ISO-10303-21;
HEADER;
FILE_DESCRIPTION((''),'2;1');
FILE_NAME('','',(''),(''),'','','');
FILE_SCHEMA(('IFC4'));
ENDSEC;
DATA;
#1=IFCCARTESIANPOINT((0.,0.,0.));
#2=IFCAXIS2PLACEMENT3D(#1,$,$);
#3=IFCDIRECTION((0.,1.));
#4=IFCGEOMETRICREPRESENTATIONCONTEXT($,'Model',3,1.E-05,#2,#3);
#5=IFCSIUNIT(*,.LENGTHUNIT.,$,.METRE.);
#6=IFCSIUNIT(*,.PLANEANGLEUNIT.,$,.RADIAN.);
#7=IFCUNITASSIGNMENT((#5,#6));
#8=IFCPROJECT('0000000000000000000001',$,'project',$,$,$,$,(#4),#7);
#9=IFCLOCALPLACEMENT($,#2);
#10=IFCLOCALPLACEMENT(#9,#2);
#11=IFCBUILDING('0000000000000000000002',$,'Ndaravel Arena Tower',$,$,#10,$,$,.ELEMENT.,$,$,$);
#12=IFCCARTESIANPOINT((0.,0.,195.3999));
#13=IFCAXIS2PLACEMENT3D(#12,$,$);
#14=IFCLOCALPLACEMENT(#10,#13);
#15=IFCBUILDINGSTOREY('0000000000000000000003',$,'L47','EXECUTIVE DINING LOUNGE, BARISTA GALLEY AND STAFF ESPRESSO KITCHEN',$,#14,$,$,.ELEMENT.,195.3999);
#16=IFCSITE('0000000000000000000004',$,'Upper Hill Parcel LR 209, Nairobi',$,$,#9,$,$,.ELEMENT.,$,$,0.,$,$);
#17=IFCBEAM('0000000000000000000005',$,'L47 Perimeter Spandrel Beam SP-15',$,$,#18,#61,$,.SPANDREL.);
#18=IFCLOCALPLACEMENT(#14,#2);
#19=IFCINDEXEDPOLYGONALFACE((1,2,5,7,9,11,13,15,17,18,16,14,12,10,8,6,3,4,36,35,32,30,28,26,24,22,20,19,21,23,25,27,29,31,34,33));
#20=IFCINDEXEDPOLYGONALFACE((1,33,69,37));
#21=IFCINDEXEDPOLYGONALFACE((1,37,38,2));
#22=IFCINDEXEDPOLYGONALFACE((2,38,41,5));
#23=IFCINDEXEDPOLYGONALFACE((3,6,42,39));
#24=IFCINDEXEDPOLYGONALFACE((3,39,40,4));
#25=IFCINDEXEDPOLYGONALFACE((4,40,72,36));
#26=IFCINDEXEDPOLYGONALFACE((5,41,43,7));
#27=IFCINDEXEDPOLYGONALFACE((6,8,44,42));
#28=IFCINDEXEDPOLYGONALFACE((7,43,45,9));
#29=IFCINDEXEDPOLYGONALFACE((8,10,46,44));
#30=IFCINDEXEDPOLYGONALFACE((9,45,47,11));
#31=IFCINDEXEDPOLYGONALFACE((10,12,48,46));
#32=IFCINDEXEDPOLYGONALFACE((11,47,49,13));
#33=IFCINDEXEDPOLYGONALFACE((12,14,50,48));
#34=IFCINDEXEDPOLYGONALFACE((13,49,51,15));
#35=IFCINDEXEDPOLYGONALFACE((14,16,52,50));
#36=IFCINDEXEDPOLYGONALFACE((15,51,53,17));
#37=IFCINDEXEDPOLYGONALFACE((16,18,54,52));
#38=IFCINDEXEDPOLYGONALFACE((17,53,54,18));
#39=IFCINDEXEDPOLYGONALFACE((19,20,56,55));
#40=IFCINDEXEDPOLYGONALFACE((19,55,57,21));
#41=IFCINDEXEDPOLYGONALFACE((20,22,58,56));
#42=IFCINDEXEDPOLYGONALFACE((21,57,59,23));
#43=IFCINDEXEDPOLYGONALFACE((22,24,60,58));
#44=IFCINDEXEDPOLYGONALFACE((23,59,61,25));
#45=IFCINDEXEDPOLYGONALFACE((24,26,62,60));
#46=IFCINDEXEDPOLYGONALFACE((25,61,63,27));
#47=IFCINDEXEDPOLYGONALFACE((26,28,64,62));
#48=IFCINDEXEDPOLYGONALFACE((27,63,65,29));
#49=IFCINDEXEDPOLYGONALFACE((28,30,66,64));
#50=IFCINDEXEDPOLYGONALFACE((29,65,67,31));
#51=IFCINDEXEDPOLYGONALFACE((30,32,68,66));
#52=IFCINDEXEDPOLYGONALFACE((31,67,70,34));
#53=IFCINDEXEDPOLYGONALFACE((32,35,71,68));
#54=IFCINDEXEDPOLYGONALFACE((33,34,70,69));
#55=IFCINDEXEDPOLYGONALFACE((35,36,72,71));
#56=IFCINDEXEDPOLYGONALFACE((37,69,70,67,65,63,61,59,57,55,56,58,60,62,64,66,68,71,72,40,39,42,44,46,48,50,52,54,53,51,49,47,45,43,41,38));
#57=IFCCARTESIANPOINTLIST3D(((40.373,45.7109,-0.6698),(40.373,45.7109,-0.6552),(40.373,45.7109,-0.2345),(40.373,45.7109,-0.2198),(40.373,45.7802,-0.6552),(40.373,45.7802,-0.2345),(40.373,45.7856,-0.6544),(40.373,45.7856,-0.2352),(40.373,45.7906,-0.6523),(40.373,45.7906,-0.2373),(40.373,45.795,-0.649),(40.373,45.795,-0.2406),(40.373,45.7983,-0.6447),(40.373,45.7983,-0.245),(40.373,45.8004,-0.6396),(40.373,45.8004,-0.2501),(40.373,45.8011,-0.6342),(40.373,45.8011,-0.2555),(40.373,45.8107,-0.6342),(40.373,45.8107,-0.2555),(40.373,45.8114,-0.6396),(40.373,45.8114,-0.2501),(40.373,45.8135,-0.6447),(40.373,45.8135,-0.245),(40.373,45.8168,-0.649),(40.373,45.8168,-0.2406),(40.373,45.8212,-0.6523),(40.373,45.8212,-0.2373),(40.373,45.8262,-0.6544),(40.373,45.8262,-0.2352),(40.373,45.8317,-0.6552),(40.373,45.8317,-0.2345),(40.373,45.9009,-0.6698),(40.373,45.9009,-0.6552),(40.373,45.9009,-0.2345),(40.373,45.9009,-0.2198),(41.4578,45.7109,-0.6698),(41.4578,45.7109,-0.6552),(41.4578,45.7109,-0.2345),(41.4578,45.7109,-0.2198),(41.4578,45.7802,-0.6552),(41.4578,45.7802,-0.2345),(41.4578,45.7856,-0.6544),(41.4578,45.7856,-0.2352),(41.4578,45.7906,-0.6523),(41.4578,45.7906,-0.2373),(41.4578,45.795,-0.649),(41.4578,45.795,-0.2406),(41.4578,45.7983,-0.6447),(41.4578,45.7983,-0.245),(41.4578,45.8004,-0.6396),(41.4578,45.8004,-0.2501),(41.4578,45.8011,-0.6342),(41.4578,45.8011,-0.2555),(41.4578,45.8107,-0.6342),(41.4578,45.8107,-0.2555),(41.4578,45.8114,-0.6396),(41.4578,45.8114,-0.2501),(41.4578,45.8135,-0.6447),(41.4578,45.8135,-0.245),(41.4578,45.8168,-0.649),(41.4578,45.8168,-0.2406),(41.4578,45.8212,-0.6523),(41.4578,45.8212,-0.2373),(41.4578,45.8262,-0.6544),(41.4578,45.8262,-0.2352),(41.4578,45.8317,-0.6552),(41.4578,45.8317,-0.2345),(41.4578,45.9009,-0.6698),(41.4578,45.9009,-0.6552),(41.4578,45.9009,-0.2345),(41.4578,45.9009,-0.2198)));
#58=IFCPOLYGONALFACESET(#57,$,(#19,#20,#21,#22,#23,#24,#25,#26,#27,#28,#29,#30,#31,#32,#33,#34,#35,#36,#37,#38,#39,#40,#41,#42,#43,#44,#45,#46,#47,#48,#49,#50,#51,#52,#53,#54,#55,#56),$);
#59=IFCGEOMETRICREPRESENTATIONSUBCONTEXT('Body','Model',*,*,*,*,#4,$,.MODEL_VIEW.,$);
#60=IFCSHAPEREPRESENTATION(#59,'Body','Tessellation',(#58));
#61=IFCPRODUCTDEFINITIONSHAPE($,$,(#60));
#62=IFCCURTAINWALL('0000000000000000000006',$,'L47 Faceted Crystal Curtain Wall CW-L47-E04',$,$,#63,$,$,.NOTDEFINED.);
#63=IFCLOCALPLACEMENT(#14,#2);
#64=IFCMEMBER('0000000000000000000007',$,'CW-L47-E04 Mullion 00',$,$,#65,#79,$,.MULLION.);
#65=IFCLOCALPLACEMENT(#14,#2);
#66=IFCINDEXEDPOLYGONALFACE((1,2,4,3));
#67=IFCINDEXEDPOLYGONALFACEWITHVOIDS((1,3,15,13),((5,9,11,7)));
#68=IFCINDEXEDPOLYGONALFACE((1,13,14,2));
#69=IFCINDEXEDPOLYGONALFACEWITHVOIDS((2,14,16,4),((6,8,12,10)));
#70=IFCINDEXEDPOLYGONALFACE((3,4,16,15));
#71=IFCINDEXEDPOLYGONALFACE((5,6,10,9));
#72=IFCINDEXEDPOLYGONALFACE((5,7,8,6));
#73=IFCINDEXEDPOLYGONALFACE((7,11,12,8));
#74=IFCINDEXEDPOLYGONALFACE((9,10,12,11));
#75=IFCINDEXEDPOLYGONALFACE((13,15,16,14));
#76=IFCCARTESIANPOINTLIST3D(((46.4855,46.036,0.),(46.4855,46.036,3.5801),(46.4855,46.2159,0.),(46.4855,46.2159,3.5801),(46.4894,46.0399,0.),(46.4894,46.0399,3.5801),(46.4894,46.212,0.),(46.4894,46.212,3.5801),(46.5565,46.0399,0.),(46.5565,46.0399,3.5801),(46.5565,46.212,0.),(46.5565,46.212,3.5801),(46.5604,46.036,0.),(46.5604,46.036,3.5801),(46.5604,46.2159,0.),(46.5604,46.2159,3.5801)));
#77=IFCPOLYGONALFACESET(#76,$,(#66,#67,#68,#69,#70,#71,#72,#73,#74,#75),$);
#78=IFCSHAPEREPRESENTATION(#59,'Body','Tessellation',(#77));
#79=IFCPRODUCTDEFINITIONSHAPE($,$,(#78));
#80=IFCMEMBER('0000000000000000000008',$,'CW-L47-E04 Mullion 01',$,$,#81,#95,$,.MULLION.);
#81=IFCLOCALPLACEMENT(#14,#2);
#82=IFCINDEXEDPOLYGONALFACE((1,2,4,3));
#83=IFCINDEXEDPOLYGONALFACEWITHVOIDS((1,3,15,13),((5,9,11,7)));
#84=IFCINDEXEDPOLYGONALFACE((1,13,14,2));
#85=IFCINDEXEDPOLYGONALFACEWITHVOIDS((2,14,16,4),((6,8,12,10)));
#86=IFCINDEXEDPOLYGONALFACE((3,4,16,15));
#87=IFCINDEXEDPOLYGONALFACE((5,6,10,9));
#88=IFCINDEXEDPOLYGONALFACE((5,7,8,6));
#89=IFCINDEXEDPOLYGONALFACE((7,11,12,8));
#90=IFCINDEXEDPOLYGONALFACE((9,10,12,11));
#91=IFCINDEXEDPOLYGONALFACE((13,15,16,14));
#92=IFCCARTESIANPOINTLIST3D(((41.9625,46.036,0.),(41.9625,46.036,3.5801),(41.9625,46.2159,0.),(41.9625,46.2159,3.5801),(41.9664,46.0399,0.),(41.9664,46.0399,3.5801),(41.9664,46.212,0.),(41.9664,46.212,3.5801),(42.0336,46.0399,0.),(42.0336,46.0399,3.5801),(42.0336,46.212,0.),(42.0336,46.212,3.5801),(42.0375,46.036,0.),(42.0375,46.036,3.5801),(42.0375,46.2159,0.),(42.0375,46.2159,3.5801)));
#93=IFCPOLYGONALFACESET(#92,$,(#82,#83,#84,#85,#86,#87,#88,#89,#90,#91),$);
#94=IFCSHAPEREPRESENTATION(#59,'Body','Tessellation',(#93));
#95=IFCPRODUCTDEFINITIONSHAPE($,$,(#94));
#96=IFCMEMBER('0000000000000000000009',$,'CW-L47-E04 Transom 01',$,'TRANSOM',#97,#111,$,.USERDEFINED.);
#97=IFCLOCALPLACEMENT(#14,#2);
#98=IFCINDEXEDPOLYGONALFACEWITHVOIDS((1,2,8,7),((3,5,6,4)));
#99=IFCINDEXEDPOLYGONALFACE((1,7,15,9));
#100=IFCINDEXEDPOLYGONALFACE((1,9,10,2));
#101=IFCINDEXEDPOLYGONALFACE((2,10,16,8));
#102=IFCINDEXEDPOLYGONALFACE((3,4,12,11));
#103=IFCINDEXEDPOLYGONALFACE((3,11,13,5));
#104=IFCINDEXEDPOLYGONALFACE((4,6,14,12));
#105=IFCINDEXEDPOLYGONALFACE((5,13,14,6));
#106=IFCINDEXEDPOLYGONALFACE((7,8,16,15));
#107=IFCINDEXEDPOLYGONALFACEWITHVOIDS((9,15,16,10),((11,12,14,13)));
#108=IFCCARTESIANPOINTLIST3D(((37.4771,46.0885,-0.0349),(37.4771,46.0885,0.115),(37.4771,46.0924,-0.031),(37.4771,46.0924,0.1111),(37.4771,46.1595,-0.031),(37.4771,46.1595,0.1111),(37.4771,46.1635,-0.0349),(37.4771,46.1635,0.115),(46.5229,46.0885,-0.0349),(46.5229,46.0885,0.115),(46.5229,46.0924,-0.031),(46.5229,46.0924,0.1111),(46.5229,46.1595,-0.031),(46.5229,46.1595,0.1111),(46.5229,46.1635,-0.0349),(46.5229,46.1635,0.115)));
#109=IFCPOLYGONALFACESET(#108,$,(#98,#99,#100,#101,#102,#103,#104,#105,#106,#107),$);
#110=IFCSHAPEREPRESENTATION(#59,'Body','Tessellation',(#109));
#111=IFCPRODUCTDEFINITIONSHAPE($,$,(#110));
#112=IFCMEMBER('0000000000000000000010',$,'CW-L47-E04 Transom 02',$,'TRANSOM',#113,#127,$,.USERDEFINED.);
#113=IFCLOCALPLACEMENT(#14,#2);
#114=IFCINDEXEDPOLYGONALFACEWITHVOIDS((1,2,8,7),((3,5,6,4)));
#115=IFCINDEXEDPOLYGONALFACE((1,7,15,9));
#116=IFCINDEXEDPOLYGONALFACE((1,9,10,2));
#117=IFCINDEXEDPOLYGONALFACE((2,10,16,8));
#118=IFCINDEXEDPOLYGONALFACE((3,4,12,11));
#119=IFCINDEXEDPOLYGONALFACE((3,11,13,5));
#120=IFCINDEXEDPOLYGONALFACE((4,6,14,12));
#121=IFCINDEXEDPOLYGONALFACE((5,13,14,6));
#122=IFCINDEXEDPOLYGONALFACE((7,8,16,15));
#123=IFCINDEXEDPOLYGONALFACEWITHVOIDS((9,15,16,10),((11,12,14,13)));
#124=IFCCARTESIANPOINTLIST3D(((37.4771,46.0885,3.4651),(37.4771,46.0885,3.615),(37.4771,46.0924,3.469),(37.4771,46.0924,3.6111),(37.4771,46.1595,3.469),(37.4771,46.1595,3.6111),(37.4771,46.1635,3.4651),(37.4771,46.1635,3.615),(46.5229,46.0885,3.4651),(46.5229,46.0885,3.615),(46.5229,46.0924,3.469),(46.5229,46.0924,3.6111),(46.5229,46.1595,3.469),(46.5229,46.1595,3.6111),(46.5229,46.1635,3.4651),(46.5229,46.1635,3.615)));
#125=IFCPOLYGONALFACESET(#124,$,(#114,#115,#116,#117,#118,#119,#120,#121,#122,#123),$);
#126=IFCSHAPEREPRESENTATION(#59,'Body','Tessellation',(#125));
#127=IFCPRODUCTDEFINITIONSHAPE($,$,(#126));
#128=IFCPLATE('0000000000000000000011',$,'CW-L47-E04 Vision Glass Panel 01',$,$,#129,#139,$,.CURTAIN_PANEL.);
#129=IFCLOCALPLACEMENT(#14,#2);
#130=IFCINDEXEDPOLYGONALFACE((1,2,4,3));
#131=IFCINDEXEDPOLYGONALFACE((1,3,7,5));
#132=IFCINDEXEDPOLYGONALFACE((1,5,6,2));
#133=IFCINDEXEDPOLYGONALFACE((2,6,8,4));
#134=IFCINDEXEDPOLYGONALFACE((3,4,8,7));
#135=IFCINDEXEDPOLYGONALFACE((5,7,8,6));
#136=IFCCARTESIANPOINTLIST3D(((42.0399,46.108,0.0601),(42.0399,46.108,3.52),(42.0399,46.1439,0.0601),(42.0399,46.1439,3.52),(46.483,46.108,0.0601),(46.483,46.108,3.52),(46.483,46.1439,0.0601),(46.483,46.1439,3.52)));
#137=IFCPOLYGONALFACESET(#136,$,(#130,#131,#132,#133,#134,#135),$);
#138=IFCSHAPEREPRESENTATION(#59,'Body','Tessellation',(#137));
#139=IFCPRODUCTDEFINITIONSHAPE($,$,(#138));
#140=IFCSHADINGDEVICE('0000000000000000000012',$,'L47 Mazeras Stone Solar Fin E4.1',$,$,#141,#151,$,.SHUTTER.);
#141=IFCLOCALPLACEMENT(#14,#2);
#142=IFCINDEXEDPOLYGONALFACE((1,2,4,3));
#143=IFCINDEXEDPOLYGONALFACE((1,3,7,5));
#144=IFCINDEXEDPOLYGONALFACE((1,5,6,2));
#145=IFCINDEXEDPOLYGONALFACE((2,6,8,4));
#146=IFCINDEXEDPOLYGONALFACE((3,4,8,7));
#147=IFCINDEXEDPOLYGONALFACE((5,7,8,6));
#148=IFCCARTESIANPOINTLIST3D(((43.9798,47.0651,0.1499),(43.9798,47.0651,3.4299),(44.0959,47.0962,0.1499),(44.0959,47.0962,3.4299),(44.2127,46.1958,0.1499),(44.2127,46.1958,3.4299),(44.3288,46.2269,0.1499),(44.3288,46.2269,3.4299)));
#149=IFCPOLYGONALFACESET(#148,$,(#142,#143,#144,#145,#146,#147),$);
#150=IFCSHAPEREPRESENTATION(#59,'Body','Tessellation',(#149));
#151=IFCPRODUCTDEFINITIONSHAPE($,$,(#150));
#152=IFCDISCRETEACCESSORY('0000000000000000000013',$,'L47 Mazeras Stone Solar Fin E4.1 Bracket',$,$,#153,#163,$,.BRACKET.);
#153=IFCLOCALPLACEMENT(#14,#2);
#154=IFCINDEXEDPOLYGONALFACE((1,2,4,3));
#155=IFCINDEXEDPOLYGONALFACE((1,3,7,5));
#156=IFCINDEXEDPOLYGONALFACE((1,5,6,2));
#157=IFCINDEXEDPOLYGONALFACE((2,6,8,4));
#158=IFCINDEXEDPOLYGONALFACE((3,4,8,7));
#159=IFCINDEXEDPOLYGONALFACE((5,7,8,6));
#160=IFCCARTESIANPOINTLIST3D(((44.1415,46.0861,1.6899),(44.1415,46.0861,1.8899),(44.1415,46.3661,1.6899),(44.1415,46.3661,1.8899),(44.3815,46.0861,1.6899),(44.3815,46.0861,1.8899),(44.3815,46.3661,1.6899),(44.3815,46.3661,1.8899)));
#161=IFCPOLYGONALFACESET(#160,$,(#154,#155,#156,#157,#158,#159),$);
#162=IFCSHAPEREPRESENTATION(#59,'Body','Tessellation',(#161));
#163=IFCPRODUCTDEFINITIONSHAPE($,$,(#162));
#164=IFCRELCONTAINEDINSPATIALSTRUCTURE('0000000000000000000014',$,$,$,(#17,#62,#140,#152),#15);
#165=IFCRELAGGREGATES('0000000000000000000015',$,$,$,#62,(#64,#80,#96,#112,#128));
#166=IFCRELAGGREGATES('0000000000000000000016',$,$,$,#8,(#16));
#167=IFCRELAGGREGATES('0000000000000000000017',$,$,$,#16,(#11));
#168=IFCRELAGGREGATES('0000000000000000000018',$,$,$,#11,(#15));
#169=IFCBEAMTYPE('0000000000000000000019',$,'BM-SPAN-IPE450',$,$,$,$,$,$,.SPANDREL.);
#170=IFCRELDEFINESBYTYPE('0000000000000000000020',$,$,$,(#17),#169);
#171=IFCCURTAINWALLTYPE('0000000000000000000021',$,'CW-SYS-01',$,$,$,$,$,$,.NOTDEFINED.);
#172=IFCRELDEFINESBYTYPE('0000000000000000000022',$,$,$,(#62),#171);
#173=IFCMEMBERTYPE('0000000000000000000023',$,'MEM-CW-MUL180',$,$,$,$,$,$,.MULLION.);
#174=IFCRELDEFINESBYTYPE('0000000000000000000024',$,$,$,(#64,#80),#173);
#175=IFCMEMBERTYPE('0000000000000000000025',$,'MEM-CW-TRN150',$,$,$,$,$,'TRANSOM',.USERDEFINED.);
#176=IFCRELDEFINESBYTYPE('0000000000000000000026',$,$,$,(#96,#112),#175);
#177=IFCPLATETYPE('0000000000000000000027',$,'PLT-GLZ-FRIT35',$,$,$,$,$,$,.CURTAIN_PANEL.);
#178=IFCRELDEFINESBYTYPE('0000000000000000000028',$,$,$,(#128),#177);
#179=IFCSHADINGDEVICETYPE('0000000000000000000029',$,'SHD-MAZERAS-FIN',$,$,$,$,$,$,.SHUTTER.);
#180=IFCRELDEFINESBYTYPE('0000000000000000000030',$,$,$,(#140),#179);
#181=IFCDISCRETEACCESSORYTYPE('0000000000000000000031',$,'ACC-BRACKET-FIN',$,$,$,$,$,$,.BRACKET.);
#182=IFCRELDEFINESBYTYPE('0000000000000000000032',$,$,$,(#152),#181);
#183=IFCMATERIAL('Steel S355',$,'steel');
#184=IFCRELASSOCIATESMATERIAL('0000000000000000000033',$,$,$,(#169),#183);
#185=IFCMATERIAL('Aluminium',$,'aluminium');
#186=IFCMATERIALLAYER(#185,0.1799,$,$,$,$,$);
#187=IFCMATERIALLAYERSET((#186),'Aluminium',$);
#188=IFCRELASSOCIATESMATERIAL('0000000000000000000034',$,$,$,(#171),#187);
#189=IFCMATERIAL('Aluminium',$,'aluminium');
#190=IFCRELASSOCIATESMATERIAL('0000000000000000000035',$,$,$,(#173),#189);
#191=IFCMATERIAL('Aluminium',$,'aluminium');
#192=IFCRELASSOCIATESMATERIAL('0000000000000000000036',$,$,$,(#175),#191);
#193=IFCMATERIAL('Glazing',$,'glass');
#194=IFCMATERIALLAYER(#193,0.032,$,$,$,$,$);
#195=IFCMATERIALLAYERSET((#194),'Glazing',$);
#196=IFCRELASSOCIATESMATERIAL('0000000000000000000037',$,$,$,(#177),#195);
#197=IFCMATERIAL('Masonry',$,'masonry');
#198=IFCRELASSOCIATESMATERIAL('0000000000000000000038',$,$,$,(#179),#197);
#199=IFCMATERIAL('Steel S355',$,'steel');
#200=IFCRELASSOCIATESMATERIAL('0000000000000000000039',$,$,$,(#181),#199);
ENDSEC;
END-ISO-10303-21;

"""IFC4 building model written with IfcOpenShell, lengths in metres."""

from ifc_helpers import new_model, si_unit, direction, frame, origin, origin_2d, place, context, subcontext, project, spatial, rectangle, hollow_rectangle, i_section, extrude, material, layer, layer_set, material_profile, profile_set, type_object, element, aggregate, save


model = new_model("IFC4")

# Units and contexts
model_context = context("Model", 3, precision=1e-05, world=origin(), true_north=direction((0.0, 1.0)))
body_context = subcontext(model_context, "Body", "Model", "MODEL_VIEW")
ifc_project = project(units=[si_unit("LENGTHUNIT", "METRE"), si_unit("PLANEANGLEUNIT", "RADIAN")], contexts=[model_context])

# Site, building, storey
site_placement = place(None, origin())
site = spatial("IfcSite", under=ifc_project, at=site_placement, Name="Upper Hill Parcel LR 209, Nairobi", CompositionType="ELEMENT", RefElevation=0.0)
building_placement = place(site_placement, origin())
building = spatial("IfcBuilding", under=site, at=building_placement, Name="Ndaravel Arena Tower", CompositionType="ELEMENT")
storey_placement = place(building_placement, frame((0.0, 0.0, 195.3999)))
storey = spatial("IfcBuildingStorey", under=building, at=storey_placement, Name="L47", Description="EXECUTIVE DINING LOUNGE, BARISTA GALLEY AND STAFF ESPRESSO KITCHEN", CompositionType="ELEMENT", Elevation=195.3999)

# Beam
ifc_material_1 = material(Name="Steel S355", Category="steel")
ifc_material_profile_1 = material_profile(ifc_material_1, i_section(OverallWidth=0.1899, OverallDepth=0.45, WebThickness=0.0095, FlangeThickness=0.0146, FilletRadius=0.021, at=origin_2d()), Name="IPE 450")
ifc_profile_set_1 = profile_set([ifc_material_profile_1], Name="Steel S355")
beam_type_1 = type_object("IfcBeamType", Name="BM-SPAN-IPE450", PredefinedType="SPANDREL", material=ifc_profile_set_1)
beam_1_placement = place(storey_placement, frame((41.4578, 45.8059, -0.4448), z_axis=(-1.0, 0.0, 0.0), x_axis=(0.0, -1.0, 0.0)))
element("IfcBeam", 1, at=beam_1_placement, inside=storey, type_object=beam_type_1, Name="L47 Perimeter Spandrel Beam SP-15", PredefinedType="SPANDREL", context=body_context, shape_type="SweptSolid", body=[
    extrude(i_section(OverallWidth=0.1899, OverallDepth=0.45, WebThickness=0.0095, FlangeThickness=0.0146, FilletRadius=0.021, at=origin_2d()), origin(), (0.0, 0.0, 1.0), 1.0847),
])

# Curtain wall, members, plate
ifc_material_2 = material(Name="Aluminium", Category="aluminium")
ifc_layer_1 = layer(ifc_material_2, 0.1799)
ifc_layer_set_1 = layer_set([ifc_layer_1], Name="Aluminium")
curtain_wall_type = type_object("IfcCurtainWallType", Name="CW-SYS-01", PredefinedType="NOTDEFINED", material=ifc_layer_set_1)
curtain_wall_placement = place(storey_placement, origin())
curtain_wall = element("IfcCurtainWall", 2, at=curtain_wall_placement, inside=storey, type_object=curtain_wall_type, Name="L47 Faceted Crystal Curtain Wall CW-L47-E04", PredefinedType="NOTDEFINED")
ifc_material_3 = material(Name="Aluminium", Category="aluminium")
ifc_material_profile_2 = material_profile(ifc_material_3, hollow_rectangle(XDim=0.075, YDim=0.1799, WallThickness=0.0039, at=origin_2d()), Name="CW MULLION 75x180x4")
ifc_profile_set_2 = profile_set([ifc_material_profile_2], Name="Aluminium")
member_type_1 = type_object("IfcMemberType", Name="MEM-CW-MUL180", PredefinedType="MULLION", material=ifc_profile_set_2)
member_1_placement = place(storey_placement, frame((46.5229, 46.126, 0.0), z_axis=(0.0, 0.0, 1.0), x_axis=(-1.0, 0.0, 0.0)))
member_1 = element("IfcMember", 3, at=member_1_placement, type_object=member_type_1, Name="CW-L47-E04 Mullion 00", PredefinedType="MULLION", context=body_context, shape_type="SweptSolid", body=[
    extrude(hollow_rectangle(XDim=0.075, YDim=0.1799, WallThickness=0.0039, at=origin_2d()), origin(), (0.0, 0.0, 1.0), 3.5801),
])
member_2_placement = place(storey_placement, frame((42.0, 46.126, 0.0), z_axis=(0.0, 0.0, 1.0), x_axis=(-1.0, 0.0, 0.0)))
member_2 = element("IfcMember", 4, at=member_2_placement, type_object=member_type_1, Name="CW-L47-E04 Mullion 01", PredefinedType="MULLION", context=body_context, shape_type="SweptSolid", body=[
    extrude(hollow_rectangle(XDim=0.075, YDim=0.1799, WallThickness=0.0039, at=origin_2d()), origin(), (0.0, 0.0, 1.0), 3.5801),
])
ifc_material_4 = material(Name="Aluminium", Category="aluminium")
ifc_material_profile_3 = material_profile(ifc_material_4, hollow_rectangle(XDim=0.075, YDim=0.1499, WallThickness=0.0039, at=origin_2d()), Name="CW TRANSOM 75x150x4")
ifc_profile_set_3 = profile_set([ifc_material_profile_3], Name="Aluminium")
member_type_2 = type_object("IfcMemberType", Name="MEM-CW-TRN150", ElementType="TRANSOM", PredefinedType="USERDEFINED", material=ifc_profile_set_3)
member_3_placement = place(storey_placement, frame((46.5229, 46.126, 0.04), z_axis=(-1.0, 0.0, 0.0), x_axis=(0.0, -1.0, 0.0)))
member_3 = element("IfcMember", 5, at=member_3_placement, type_object=member_type_2, Name="CW-L47-E04 Transom 01", ObjectType="TRANSOM", PredefinedType="USERDEFINED", context=body_context, shape_type="SweptSolid", body=[
    extrude(hollow_rectangle(XDim=0.075, YDim=0.1499, WallThickness=0.0039, at=origin_2d()), origin(), (0.0, 0.0, 1.0), 9.0459),
])
member_4_placement = place(storey_placement, frame((46.5229, 46.126, 3.54), z_axis=(-1.0, 0.0, 0.0), x_axis=(0.0, -1.0, 0.0)))
member_4 = element("IfcMember", 6, at=member_4_placement, type_object=member_type_2, Name="CW-L47-E04 Transom 02", ObjectType="TRANSOM", PredefinedType="USERDEFINED", context=body_context, shape_type="SweptSolid", body=[
    extrude(hollow_rectangle(XDim=0.075, YDim=0.1499, WallThickness=0.0039, at=origin_2d()), origin(), (0.0, 0.0, 1.0), 9.0459),
])
ifc_material_5 = material(Name="Glazing", Category="glass")
ifc_layer_2 = layer(ifc_material_5, 0.032)
ifc_layer_set_2 = layer_set([ifc_layer_2], Name="Glazing")
plate_type = type_object("IfcPlateType", Name="PLT-GLZ-FRIT35", PredefinedType="CURTAIN_PANEL", material=ifc_layer_set_2)
plate_placement = place(storey_placement, frame((44.2615, 46.126, 0.0601), z_axis=(0.0, 0.0, 1.0), x_axis=(-1.0, 0.0, 0.0)))
plate = element("IfcPlate", 7, at=plate_placement, type_object=plate_type, Name="CW-L47-E04 Vision Glass Panel 01", PredefinedType="CURTAIN_PANEL", context=body_context, shape_type="SweptSolid", body=[
    extrude(rectangle(XDim=4.4431, YDim=0.0359, at=origin_2d()), origin(), (0.0, 0.0, 1.0), 3.46),
])
aggregate(curtain_wall, [member_1, member_2, member_3, member_4, plate])

# Shading device
ifc_material_6 = material(Name="Masonry", Category="masonry")
shading_device_type = type_object("IfcShadingDeviceType", Name="SHD-MAZERAS-FIN", PredefinedType="SHUTTER", material=ifc_material_6)
shading_device_placement = place(storey_placement, frame((44.1543, 46.646, 0.1499), z_axis=(0.0, 0.0, 1.0), x_axis=(-0.258819, 0.965926, 0.0)))
element("IfcShadingDevice", 8, at=shading_device_placement, inside=storey, type_object=shading_device_type, Name="L47 Mazeras Stone Solar Fin E4.1", PredefinedType="SHUTTER", context=body_context, shape_type="SweptSolid", body=[
    extrude(rectangle(XDim=0.8999, YDim=0.1201, at=origin_2d()), origin(), (0.0, 0.0, 1.0), 3.28),
])

# Discrete accessory
ifc_material_7 = material(Name="Steel S355", Category="steel")
discrete_accessory_type = type_object("IfcDiscreteAccessoryType", Name="ACC-BRACKET-FIN", PredefinedType="BRACKET", material=ifc_material_7)
discrete_accessory_placement = place(storey_placement, frame((44.2615, 46.2261, 1.6899), z_axis=(0.0, 0.0, 1.0), x_axis=(0.0, 1.0, 0.0)))
element("IfcDiscreteAccessory", 9, at=discrete_accessory_placement, inside=storey, type_object=discrete_accessory_type, Name="L47 Mazeras Stone Solar Fin E4.1 Bracket", PredefinedType="BRACKET", context=body_context, shape_type="SweptSolid", body=[
    extrude(rectangle(XDim=0.28, YDim=0.24, at=origin_2d()), origin(), (0.0, 0.0, 1.0), 0.2),
])

save(model, "model.ifc")
